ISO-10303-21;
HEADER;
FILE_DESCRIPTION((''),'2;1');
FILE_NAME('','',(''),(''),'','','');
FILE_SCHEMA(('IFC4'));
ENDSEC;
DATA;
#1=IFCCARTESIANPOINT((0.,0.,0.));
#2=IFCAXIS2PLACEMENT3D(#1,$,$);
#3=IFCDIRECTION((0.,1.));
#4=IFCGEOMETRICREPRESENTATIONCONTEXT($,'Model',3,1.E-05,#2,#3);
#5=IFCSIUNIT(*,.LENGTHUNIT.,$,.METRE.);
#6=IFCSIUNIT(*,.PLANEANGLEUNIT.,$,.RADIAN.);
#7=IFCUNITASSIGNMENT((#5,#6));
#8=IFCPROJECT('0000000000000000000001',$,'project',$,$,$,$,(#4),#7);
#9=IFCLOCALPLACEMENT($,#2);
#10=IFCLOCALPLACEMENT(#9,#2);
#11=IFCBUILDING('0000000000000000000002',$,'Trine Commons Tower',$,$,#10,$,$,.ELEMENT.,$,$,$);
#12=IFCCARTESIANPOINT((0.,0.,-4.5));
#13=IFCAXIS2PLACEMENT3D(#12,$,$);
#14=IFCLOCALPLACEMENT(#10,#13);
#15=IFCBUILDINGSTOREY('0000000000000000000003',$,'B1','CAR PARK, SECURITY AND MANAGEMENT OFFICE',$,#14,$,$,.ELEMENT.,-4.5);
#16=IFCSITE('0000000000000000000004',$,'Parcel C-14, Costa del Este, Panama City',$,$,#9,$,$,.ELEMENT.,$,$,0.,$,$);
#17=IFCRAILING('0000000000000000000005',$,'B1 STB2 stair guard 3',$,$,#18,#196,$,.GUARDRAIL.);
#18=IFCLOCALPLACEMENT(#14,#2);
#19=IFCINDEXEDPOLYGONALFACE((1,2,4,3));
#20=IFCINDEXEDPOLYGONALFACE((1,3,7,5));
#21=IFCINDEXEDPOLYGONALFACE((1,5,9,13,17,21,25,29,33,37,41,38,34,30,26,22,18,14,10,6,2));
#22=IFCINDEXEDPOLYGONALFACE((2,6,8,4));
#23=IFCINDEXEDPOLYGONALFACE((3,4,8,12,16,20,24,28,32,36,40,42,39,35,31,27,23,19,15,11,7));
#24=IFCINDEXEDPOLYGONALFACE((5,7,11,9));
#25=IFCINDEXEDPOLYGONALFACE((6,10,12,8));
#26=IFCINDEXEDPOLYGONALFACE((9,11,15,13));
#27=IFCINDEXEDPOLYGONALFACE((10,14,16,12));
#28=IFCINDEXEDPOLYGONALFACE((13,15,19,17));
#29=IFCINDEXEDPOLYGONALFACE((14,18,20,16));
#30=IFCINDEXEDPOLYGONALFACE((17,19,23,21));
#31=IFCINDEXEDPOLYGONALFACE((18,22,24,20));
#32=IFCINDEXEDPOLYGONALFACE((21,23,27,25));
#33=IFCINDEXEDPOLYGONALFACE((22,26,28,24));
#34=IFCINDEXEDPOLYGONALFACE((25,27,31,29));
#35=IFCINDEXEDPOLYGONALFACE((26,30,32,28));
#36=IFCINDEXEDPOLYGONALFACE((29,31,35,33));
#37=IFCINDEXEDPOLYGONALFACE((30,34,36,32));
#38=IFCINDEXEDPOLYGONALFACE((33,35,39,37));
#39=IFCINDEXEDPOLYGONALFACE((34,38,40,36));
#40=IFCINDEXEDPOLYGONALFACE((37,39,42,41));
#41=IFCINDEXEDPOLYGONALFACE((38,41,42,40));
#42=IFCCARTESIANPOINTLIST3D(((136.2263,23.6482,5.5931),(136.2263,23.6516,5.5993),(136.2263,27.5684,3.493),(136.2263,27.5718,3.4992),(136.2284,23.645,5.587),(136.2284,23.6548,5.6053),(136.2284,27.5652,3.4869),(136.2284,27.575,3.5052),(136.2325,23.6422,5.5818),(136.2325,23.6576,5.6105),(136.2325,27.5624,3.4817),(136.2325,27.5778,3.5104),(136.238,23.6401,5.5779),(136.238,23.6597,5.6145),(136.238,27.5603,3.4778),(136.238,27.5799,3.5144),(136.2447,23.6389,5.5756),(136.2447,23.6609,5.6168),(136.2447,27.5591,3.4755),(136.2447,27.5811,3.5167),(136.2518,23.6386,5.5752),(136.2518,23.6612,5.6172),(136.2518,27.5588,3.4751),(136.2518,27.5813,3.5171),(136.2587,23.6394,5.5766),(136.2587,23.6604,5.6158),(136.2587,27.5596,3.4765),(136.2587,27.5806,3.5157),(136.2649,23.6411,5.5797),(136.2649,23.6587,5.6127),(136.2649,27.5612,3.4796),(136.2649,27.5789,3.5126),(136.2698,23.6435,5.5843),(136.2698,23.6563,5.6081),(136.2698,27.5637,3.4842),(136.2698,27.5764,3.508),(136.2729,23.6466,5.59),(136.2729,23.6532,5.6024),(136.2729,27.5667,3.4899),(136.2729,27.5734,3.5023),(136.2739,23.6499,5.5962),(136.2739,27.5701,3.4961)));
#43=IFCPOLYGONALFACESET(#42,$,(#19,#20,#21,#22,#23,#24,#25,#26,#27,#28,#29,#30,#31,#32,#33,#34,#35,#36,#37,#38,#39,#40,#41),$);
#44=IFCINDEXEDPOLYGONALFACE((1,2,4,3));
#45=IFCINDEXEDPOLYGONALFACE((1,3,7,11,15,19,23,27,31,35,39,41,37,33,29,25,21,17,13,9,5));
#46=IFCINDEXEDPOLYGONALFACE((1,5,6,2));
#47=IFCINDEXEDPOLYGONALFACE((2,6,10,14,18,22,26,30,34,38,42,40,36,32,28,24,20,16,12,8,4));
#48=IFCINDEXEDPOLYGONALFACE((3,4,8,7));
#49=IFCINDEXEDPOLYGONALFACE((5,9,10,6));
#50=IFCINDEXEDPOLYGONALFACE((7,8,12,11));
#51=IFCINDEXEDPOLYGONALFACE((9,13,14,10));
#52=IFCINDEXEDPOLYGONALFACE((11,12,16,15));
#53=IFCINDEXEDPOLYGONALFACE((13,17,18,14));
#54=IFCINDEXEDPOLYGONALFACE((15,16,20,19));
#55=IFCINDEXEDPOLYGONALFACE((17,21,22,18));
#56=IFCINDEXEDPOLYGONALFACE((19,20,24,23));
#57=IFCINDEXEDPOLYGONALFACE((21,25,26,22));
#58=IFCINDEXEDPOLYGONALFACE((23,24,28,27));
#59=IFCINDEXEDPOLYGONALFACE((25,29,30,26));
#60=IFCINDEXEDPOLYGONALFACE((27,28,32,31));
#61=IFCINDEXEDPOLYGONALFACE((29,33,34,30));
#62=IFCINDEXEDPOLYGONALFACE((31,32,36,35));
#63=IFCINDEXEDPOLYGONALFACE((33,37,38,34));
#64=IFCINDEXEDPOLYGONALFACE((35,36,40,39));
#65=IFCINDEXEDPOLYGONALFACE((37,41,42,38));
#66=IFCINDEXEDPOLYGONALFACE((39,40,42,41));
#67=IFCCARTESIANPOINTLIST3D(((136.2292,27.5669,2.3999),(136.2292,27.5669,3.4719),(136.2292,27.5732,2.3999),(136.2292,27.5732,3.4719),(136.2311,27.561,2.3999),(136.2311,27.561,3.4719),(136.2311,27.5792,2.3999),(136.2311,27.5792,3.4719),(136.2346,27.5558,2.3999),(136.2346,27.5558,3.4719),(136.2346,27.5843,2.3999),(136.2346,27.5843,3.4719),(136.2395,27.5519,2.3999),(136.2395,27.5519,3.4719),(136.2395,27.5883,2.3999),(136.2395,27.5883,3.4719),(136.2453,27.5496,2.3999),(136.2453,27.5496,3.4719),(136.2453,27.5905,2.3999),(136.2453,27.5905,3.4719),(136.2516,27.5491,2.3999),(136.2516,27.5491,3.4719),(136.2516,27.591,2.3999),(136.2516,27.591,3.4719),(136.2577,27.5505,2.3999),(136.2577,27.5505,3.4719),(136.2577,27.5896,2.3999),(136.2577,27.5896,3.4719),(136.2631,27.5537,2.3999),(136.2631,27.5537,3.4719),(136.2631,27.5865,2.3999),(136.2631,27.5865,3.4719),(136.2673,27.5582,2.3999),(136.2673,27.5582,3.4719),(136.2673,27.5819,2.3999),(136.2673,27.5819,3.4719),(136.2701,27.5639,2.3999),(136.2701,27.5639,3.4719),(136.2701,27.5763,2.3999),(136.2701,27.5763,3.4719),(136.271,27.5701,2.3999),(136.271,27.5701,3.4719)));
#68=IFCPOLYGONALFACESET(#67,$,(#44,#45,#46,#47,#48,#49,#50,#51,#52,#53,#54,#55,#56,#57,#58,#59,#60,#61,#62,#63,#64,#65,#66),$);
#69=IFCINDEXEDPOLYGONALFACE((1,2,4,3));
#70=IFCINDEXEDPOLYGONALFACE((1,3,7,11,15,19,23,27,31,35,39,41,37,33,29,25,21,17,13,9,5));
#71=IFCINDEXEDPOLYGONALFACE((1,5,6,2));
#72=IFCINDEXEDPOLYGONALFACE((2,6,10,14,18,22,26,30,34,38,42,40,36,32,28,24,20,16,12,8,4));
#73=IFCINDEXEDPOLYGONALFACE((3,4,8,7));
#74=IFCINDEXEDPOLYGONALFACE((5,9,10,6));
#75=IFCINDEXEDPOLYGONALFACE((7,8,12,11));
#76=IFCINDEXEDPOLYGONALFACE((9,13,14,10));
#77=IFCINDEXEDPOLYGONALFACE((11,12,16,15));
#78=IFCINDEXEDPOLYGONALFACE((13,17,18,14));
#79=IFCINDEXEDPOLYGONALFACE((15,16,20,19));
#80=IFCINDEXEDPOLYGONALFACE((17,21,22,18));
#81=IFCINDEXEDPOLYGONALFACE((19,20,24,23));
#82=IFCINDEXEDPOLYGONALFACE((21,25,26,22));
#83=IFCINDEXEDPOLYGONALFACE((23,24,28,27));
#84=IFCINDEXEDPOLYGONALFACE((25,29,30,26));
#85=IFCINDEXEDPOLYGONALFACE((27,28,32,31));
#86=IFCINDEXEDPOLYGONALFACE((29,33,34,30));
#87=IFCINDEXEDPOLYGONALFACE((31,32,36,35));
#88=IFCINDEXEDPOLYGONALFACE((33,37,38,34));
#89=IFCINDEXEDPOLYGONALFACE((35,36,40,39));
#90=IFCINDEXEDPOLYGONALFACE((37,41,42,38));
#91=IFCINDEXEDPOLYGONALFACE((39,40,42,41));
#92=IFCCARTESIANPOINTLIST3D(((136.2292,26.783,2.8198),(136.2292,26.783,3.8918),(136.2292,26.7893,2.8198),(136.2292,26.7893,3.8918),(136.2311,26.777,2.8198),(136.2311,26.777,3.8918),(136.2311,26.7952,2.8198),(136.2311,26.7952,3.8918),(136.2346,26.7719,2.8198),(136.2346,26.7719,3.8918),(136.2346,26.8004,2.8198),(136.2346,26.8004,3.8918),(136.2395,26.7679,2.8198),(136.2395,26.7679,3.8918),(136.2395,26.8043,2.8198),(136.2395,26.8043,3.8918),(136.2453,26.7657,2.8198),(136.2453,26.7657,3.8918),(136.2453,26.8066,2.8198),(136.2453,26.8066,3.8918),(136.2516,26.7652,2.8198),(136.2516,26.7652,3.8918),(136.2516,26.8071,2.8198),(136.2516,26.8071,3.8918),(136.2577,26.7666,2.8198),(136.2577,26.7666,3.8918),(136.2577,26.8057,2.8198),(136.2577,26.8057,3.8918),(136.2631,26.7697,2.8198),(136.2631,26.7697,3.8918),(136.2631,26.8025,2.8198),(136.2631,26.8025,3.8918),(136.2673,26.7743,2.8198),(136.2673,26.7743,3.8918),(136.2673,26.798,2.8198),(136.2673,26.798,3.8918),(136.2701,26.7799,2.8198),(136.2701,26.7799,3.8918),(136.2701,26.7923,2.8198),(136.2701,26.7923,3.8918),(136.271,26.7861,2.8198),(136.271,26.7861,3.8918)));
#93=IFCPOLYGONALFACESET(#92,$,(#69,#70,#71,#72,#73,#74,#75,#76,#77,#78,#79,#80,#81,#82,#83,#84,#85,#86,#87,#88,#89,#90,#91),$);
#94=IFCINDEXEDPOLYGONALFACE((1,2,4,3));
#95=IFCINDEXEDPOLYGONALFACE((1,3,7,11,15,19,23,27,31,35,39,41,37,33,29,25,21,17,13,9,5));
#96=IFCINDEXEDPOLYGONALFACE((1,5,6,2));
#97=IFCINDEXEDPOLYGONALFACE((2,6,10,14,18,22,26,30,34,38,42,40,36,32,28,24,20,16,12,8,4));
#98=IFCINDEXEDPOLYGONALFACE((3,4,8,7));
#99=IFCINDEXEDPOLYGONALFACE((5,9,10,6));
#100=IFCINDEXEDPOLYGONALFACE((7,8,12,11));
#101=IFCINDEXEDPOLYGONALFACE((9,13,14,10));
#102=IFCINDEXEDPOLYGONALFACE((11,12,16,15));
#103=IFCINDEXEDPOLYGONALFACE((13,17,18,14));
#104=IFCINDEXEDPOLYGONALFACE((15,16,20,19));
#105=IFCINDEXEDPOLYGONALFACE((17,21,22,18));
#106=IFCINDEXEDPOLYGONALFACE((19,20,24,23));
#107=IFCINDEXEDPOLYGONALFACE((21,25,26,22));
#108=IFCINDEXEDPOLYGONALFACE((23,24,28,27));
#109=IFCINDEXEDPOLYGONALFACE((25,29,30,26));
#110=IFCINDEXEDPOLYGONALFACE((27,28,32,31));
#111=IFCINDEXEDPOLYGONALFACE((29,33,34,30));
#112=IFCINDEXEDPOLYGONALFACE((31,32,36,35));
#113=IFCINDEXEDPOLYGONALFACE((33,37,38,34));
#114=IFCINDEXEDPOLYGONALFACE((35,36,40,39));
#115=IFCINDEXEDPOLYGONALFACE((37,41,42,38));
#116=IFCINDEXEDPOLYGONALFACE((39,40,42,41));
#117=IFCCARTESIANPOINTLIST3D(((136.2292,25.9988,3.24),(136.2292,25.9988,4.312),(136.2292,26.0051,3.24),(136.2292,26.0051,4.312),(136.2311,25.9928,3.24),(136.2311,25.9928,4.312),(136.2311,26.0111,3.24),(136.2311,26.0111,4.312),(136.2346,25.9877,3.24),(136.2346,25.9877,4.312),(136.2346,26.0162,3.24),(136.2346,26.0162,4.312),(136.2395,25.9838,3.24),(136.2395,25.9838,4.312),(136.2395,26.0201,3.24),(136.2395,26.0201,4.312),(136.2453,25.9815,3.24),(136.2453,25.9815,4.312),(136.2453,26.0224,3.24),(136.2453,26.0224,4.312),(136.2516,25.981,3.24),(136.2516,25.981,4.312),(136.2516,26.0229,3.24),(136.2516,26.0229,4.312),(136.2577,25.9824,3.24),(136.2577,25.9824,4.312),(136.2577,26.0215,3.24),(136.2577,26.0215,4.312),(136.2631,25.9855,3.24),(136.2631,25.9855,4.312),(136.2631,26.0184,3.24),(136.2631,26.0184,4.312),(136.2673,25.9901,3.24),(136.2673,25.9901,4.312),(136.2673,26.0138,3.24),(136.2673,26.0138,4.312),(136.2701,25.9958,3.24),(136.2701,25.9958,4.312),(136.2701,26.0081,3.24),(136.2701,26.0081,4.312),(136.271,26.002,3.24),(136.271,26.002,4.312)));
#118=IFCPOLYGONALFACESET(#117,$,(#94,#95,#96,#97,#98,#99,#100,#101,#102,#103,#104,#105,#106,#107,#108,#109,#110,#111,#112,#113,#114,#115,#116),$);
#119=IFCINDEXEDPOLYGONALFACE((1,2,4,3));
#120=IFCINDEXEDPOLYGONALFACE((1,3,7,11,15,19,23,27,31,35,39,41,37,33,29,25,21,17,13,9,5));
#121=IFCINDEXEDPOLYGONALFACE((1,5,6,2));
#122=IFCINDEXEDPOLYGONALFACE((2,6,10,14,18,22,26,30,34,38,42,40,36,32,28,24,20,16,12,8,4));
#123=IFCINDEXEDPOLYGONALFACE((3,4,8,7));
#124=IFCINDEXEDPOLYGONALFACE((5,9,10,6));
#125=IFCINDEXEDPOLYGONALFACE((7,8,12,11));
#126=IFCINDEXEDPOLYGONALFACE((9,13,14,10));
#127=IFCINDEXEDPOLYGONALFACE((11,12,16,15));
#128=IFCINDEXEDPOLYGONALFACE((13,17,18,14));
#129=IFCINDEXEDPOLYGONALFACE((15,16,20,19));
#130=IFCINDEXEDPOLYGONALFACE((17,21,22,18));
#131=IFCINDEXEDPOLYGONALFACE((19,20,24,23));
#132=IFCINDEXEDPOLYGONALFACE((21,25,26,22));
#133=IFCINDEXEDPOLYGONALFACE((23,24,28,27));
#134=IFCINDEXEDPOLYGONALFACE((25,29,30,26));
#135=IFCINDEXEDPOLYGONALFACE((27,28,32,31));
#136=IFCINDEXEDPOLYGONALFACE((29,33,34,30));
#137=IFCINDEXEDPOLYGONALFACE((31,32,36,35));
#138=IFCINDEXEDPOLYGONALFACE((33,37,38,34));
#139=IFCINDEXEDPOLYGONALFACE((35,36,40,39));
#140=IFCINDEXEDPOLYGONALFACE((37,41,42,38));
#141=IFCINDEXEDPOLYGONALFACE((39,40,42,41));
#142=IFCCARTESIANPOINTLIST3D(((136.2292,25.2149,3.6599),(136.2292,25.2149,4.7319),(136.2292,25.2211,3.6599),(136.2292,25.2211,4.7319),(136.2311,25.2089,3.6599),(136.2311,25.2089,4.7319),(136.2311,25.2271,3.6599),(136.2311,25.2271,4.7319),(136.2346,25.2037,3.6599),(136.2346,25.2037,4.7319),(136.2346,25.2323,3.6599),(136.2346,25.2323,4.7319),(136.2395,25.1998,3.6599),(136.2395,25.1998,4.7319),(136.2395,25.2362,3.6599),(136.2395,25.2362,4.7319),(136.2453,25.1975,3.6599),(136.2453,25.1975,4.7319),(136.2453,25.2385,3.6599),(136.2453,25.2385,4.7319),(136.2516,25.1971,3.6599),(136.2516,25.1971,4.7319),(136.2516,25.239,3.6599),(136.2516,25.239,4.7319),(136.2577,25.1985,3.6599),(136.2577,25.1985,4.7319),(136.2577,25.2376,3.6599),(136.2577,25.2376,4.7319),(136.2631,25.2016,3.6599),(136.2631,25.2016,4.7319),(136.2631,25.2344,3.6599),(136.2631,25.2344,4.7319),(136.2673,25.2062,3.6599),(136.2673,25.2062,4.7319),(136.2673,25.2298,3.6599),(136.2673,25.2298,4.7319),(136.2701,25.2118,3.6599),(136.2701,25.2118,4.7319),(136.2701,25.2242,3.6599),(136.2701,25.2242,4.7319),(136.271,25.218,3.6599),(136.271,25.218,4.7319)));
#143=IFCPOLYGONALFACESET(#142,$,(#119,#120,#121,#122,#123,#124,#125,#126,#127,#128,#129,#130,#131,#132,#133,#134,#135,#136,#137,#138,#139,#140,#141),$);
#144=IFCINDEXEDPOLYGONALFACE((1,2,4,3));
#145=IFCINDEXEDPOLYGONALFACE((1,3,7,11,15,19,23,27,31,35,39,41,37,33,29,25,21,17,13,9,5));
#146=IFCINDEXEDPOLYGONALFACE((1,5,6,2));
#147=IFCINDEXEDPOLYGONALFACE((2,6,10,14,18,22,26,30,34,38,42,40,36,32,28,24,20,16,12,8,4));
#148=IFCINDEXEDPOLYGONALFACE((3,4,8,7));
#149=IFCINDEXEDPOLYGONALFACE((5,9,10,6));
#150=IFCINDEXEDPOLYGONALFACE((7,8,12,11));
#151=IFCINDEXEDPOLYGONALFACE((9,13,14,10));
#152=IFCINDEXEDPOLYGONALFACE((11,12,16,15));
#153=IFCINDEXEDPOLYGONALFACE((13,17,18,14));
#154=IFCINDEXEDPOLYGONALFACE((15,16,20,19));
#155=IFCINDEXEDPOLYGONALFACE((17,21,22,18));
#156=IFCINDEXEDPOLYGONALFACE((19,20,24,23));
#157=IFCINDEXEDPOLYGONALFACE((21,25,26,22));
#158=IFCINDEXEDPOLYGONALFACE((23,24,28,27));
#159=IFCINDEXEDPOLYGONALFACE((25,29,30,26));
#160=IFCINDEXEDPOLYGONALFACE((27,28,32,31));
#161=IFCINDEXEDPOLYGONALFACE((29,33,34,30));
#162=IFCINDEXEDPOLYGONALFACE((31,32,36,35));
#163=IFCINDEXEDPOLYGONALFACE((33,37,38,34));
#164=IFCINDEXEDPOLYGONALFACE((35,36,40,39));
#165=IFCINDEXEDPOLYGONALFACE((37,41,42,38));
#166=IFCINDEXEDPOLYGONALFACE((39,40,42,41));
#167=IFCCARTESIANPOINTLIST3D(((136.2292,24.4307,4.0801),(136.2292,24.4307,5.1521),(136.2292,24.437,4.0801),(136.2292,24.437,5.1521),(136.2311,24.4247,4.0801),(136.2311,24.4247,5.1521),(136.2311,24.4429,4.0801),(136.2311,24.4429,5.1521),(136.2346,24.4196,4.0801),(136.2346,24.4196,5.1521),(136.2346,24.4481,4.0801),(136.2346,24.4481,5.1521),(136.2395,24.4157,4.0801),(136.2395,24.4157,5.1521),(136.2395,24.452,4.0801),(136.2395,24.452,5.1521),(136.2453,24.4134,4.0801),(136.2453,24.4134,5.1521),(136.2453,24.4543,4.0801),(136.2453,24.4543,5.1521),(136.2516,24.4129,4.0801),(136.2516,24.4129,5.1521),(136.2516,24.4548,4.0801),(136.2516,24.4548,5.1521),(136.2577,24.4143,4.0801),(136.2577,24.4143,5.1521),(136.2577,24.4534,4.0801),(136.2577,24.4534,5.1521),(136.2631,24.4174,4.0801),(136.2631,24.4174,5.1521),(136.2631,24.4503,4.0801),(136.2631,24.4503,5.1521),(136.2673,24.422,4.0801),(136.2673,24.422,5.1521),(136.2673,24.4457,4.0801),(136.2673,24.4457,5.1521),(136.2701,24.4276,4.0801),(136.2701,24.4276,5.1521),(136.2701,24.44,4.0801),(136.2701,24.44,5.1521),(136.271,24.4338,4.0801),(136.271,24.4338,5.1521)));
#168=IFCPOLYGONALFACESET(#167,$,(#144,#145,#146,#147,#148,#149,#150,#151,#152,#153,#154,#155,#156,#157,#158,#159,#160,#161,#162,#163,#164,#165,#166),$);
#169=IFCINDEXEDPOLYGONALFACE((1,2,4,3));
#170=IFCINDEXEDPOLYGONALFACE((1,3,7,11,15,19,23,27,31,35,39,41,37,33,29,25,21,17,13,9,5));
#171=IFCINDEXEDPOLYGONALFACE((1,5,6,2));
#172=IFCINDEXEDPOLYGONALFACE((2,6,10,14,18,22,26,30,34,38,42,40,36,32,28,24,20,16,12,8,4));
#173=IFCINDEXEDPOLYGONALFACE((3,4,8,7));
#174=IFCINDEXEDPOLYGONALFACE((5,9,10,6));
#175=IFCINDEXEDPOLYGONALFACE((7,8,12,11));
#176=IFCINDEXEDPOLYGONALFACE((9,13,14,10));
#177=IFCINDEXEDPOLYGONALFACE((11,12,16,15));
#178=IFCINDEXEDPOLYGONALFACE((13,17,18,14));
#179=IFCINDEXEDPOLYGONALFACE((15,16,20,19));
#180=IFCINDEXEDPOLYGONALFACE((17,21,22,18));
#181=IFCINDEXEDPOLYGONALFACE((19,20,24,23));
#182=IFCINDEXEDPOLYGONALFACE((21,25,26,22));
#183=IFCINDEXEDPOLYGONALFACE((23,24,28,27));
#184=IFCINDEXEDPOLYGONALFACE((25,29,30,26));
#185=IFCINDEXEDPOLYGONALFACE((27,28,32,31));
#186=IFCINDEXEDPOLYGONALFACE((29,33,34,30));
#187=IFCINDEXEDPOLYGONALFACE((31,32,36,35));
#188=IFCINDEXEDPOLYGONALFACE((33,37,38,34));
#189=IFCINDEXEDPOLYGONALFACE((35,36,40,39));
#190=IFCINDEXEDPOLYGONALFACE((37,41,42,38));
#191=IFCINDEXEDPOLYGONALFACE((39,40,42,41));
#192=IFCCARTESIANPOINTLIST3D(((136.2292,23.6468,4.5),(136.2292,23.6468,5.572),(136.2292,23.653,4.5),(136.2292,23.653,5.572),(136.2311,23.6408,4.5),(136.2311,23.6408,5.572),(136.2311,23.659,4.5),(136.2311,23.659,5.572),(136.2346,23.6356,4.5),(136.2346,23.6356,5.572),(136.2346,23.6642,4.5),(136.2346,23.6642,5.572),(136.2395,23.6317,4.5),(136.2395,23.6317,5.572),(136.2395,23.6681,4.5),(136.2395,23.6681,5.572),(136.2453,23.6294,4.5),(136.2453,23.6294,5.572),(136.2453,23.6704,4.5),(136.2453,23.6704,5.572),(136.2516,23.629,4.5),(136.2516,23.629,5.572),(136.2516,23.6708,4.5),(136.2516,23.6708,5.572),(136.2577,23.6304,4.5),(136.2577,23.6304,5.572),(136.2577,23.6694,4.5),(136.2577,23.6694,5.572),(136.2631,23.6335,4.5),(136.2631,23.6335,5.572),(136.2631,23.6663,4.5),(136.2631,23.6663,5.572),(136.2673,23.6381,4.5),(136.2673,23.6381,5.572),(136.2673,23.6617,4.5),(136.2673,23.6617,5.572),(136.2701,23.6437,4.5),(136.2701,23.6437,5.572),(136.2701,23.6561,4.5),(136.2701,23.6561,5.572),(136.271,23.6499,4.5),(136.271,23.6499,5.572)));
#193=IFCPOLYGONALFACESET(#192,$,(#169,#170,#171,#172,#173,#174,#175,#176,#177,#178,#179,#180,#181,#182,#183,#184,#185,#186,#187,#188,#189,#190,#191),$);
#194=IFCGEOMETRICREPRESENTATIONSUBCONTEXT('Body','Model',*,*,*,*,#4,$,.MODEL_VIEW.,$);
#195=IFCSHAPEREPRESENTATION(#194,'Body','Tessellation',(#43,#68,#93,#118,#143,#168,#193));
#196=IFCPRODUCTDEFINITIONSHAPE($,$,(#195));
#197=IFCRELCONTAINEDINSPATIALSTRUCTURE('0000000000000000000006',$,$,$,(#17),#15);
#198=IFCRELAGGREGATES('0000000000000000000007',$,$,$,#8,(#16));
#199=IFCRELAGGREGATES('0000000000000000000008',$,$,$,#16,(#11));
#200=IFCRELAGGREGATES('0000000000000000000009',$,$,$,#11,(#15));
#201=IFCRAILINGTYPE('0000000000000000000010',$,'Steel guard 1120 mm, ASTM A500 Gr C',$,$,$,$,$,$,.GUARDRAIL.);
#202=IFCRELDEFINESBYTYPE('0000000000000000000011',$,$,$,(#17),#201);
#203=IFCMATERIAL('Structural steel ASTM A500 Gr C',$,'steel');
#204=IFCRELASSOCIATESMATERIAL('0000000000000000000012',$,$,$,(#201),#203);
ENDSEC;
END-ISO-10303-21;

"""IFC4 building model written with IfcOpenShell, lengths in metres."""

from ifc_helpers import new_model, si_unit, direction, frame, origin, origin_2d, place, context, subcontext, project, spatial, circle, extrude, material, type_object, element, save


model = new_model("IFC4")

# Units and contexts
model_context = context("Model", 3, precision=1e-05, world=origin(), true_north=direction((0.0, 1.0)))
body_context = subcontext(model_context, "Body", "Model", "MODEL_VIEW")
ifc_project = project(units=[si_unit("LENGTHUNIT", "METRE"), si_unit("PLANEANGLEUNIT", "RADIAN")], contexts=[model_context])

# Site, building, storey
site_placement = place(None, origin())
site = spatial("IfcSite", under=ifc_project, at=site_placement, Name="Parcel C-14, Costa del Este, Panama City", CompositionType="ELEMENT", RefElevation=0.0)
building_placement = place(site_placement, origin())
building = spatial("IfcBuilding", under=site, at=building_placement, Name="Trine Commons Tower", CompositionType="ELEMENT")
storey_placement = place(building_placement, frame((0.0, 0.0, -4.5)))
storey = spatial("IfcBuildingStorey", under=building, at=storey_placement, Name="B1", Description="CAR PARK, SECURITY AND MANAGEMENT OFFICE", CompositionType="ELEMENT", Elevation=-4.5)

# Railing
ifc_material_1 = material(Name="Structural steel ASTM A500 Gr C", Category="steel")
railing_type_1 = type_object("IfcRailingType", Name="Steel guard 1120 mm, ASTM A500 Gr C", PredefinedType="GUARDRAIL", material=ifc_material_1)
railing_1_placement = place(storey_placement, frame((136.25, 27.5701, 2.3999)))
element("IfcRailing", 1, at=railing_1_placement, inside=storey, type_object=railing_type_1, Name="B1 STB2 stair guard 3", PredefinedType="GUARDRAIL", context=body_context, shape_type="SweptSolid", body=[
    extrude(circle(Radius=0.0239, at=origin_2d()), frame((0.0, 0.0, 1.0962), z_axis=(0.0, -0.881479, 0.472223), x_axis=(1.0, 0.0, 0.0)), (0.0, 0.0, 1.0), 4.4473),
    extrude(circle(Radius=0.021, at=origin_2d()), origin(), (0.0, 0.0, 1.0), 1.072),
    extrude(circle(Radius=0.021, at=origin_2d()), frame((0.0, -0.7839, 0.4199)), (0.0, 0.0, 1.0), 1.072),
    extrude(circle(Radius=0.021, at=origin_2d()), frame((0.0, -1.5681, 0.8401)), (0.0, 0.0, 1.0), 1.072),
    extrude(circle(Radius=0.021, at=origin_2d()), frame((0.0, -2.3521, 1.26)), (0.0, 0.0, 1.0), 1.072),
    extrude(circle(Radius=0.021, at=origin_2d()), frame((0.0, -3.1362, 1.6802)), (0.0, 0.0, 1.0), 1.072),
    extrude(circle(Radius=0.021, at=origin_2d()), frame((0.0, -3.9202, 2.1001)), (0.0, 0.0, 1.0), 1.072),
])

save(model, "model.ifc")
